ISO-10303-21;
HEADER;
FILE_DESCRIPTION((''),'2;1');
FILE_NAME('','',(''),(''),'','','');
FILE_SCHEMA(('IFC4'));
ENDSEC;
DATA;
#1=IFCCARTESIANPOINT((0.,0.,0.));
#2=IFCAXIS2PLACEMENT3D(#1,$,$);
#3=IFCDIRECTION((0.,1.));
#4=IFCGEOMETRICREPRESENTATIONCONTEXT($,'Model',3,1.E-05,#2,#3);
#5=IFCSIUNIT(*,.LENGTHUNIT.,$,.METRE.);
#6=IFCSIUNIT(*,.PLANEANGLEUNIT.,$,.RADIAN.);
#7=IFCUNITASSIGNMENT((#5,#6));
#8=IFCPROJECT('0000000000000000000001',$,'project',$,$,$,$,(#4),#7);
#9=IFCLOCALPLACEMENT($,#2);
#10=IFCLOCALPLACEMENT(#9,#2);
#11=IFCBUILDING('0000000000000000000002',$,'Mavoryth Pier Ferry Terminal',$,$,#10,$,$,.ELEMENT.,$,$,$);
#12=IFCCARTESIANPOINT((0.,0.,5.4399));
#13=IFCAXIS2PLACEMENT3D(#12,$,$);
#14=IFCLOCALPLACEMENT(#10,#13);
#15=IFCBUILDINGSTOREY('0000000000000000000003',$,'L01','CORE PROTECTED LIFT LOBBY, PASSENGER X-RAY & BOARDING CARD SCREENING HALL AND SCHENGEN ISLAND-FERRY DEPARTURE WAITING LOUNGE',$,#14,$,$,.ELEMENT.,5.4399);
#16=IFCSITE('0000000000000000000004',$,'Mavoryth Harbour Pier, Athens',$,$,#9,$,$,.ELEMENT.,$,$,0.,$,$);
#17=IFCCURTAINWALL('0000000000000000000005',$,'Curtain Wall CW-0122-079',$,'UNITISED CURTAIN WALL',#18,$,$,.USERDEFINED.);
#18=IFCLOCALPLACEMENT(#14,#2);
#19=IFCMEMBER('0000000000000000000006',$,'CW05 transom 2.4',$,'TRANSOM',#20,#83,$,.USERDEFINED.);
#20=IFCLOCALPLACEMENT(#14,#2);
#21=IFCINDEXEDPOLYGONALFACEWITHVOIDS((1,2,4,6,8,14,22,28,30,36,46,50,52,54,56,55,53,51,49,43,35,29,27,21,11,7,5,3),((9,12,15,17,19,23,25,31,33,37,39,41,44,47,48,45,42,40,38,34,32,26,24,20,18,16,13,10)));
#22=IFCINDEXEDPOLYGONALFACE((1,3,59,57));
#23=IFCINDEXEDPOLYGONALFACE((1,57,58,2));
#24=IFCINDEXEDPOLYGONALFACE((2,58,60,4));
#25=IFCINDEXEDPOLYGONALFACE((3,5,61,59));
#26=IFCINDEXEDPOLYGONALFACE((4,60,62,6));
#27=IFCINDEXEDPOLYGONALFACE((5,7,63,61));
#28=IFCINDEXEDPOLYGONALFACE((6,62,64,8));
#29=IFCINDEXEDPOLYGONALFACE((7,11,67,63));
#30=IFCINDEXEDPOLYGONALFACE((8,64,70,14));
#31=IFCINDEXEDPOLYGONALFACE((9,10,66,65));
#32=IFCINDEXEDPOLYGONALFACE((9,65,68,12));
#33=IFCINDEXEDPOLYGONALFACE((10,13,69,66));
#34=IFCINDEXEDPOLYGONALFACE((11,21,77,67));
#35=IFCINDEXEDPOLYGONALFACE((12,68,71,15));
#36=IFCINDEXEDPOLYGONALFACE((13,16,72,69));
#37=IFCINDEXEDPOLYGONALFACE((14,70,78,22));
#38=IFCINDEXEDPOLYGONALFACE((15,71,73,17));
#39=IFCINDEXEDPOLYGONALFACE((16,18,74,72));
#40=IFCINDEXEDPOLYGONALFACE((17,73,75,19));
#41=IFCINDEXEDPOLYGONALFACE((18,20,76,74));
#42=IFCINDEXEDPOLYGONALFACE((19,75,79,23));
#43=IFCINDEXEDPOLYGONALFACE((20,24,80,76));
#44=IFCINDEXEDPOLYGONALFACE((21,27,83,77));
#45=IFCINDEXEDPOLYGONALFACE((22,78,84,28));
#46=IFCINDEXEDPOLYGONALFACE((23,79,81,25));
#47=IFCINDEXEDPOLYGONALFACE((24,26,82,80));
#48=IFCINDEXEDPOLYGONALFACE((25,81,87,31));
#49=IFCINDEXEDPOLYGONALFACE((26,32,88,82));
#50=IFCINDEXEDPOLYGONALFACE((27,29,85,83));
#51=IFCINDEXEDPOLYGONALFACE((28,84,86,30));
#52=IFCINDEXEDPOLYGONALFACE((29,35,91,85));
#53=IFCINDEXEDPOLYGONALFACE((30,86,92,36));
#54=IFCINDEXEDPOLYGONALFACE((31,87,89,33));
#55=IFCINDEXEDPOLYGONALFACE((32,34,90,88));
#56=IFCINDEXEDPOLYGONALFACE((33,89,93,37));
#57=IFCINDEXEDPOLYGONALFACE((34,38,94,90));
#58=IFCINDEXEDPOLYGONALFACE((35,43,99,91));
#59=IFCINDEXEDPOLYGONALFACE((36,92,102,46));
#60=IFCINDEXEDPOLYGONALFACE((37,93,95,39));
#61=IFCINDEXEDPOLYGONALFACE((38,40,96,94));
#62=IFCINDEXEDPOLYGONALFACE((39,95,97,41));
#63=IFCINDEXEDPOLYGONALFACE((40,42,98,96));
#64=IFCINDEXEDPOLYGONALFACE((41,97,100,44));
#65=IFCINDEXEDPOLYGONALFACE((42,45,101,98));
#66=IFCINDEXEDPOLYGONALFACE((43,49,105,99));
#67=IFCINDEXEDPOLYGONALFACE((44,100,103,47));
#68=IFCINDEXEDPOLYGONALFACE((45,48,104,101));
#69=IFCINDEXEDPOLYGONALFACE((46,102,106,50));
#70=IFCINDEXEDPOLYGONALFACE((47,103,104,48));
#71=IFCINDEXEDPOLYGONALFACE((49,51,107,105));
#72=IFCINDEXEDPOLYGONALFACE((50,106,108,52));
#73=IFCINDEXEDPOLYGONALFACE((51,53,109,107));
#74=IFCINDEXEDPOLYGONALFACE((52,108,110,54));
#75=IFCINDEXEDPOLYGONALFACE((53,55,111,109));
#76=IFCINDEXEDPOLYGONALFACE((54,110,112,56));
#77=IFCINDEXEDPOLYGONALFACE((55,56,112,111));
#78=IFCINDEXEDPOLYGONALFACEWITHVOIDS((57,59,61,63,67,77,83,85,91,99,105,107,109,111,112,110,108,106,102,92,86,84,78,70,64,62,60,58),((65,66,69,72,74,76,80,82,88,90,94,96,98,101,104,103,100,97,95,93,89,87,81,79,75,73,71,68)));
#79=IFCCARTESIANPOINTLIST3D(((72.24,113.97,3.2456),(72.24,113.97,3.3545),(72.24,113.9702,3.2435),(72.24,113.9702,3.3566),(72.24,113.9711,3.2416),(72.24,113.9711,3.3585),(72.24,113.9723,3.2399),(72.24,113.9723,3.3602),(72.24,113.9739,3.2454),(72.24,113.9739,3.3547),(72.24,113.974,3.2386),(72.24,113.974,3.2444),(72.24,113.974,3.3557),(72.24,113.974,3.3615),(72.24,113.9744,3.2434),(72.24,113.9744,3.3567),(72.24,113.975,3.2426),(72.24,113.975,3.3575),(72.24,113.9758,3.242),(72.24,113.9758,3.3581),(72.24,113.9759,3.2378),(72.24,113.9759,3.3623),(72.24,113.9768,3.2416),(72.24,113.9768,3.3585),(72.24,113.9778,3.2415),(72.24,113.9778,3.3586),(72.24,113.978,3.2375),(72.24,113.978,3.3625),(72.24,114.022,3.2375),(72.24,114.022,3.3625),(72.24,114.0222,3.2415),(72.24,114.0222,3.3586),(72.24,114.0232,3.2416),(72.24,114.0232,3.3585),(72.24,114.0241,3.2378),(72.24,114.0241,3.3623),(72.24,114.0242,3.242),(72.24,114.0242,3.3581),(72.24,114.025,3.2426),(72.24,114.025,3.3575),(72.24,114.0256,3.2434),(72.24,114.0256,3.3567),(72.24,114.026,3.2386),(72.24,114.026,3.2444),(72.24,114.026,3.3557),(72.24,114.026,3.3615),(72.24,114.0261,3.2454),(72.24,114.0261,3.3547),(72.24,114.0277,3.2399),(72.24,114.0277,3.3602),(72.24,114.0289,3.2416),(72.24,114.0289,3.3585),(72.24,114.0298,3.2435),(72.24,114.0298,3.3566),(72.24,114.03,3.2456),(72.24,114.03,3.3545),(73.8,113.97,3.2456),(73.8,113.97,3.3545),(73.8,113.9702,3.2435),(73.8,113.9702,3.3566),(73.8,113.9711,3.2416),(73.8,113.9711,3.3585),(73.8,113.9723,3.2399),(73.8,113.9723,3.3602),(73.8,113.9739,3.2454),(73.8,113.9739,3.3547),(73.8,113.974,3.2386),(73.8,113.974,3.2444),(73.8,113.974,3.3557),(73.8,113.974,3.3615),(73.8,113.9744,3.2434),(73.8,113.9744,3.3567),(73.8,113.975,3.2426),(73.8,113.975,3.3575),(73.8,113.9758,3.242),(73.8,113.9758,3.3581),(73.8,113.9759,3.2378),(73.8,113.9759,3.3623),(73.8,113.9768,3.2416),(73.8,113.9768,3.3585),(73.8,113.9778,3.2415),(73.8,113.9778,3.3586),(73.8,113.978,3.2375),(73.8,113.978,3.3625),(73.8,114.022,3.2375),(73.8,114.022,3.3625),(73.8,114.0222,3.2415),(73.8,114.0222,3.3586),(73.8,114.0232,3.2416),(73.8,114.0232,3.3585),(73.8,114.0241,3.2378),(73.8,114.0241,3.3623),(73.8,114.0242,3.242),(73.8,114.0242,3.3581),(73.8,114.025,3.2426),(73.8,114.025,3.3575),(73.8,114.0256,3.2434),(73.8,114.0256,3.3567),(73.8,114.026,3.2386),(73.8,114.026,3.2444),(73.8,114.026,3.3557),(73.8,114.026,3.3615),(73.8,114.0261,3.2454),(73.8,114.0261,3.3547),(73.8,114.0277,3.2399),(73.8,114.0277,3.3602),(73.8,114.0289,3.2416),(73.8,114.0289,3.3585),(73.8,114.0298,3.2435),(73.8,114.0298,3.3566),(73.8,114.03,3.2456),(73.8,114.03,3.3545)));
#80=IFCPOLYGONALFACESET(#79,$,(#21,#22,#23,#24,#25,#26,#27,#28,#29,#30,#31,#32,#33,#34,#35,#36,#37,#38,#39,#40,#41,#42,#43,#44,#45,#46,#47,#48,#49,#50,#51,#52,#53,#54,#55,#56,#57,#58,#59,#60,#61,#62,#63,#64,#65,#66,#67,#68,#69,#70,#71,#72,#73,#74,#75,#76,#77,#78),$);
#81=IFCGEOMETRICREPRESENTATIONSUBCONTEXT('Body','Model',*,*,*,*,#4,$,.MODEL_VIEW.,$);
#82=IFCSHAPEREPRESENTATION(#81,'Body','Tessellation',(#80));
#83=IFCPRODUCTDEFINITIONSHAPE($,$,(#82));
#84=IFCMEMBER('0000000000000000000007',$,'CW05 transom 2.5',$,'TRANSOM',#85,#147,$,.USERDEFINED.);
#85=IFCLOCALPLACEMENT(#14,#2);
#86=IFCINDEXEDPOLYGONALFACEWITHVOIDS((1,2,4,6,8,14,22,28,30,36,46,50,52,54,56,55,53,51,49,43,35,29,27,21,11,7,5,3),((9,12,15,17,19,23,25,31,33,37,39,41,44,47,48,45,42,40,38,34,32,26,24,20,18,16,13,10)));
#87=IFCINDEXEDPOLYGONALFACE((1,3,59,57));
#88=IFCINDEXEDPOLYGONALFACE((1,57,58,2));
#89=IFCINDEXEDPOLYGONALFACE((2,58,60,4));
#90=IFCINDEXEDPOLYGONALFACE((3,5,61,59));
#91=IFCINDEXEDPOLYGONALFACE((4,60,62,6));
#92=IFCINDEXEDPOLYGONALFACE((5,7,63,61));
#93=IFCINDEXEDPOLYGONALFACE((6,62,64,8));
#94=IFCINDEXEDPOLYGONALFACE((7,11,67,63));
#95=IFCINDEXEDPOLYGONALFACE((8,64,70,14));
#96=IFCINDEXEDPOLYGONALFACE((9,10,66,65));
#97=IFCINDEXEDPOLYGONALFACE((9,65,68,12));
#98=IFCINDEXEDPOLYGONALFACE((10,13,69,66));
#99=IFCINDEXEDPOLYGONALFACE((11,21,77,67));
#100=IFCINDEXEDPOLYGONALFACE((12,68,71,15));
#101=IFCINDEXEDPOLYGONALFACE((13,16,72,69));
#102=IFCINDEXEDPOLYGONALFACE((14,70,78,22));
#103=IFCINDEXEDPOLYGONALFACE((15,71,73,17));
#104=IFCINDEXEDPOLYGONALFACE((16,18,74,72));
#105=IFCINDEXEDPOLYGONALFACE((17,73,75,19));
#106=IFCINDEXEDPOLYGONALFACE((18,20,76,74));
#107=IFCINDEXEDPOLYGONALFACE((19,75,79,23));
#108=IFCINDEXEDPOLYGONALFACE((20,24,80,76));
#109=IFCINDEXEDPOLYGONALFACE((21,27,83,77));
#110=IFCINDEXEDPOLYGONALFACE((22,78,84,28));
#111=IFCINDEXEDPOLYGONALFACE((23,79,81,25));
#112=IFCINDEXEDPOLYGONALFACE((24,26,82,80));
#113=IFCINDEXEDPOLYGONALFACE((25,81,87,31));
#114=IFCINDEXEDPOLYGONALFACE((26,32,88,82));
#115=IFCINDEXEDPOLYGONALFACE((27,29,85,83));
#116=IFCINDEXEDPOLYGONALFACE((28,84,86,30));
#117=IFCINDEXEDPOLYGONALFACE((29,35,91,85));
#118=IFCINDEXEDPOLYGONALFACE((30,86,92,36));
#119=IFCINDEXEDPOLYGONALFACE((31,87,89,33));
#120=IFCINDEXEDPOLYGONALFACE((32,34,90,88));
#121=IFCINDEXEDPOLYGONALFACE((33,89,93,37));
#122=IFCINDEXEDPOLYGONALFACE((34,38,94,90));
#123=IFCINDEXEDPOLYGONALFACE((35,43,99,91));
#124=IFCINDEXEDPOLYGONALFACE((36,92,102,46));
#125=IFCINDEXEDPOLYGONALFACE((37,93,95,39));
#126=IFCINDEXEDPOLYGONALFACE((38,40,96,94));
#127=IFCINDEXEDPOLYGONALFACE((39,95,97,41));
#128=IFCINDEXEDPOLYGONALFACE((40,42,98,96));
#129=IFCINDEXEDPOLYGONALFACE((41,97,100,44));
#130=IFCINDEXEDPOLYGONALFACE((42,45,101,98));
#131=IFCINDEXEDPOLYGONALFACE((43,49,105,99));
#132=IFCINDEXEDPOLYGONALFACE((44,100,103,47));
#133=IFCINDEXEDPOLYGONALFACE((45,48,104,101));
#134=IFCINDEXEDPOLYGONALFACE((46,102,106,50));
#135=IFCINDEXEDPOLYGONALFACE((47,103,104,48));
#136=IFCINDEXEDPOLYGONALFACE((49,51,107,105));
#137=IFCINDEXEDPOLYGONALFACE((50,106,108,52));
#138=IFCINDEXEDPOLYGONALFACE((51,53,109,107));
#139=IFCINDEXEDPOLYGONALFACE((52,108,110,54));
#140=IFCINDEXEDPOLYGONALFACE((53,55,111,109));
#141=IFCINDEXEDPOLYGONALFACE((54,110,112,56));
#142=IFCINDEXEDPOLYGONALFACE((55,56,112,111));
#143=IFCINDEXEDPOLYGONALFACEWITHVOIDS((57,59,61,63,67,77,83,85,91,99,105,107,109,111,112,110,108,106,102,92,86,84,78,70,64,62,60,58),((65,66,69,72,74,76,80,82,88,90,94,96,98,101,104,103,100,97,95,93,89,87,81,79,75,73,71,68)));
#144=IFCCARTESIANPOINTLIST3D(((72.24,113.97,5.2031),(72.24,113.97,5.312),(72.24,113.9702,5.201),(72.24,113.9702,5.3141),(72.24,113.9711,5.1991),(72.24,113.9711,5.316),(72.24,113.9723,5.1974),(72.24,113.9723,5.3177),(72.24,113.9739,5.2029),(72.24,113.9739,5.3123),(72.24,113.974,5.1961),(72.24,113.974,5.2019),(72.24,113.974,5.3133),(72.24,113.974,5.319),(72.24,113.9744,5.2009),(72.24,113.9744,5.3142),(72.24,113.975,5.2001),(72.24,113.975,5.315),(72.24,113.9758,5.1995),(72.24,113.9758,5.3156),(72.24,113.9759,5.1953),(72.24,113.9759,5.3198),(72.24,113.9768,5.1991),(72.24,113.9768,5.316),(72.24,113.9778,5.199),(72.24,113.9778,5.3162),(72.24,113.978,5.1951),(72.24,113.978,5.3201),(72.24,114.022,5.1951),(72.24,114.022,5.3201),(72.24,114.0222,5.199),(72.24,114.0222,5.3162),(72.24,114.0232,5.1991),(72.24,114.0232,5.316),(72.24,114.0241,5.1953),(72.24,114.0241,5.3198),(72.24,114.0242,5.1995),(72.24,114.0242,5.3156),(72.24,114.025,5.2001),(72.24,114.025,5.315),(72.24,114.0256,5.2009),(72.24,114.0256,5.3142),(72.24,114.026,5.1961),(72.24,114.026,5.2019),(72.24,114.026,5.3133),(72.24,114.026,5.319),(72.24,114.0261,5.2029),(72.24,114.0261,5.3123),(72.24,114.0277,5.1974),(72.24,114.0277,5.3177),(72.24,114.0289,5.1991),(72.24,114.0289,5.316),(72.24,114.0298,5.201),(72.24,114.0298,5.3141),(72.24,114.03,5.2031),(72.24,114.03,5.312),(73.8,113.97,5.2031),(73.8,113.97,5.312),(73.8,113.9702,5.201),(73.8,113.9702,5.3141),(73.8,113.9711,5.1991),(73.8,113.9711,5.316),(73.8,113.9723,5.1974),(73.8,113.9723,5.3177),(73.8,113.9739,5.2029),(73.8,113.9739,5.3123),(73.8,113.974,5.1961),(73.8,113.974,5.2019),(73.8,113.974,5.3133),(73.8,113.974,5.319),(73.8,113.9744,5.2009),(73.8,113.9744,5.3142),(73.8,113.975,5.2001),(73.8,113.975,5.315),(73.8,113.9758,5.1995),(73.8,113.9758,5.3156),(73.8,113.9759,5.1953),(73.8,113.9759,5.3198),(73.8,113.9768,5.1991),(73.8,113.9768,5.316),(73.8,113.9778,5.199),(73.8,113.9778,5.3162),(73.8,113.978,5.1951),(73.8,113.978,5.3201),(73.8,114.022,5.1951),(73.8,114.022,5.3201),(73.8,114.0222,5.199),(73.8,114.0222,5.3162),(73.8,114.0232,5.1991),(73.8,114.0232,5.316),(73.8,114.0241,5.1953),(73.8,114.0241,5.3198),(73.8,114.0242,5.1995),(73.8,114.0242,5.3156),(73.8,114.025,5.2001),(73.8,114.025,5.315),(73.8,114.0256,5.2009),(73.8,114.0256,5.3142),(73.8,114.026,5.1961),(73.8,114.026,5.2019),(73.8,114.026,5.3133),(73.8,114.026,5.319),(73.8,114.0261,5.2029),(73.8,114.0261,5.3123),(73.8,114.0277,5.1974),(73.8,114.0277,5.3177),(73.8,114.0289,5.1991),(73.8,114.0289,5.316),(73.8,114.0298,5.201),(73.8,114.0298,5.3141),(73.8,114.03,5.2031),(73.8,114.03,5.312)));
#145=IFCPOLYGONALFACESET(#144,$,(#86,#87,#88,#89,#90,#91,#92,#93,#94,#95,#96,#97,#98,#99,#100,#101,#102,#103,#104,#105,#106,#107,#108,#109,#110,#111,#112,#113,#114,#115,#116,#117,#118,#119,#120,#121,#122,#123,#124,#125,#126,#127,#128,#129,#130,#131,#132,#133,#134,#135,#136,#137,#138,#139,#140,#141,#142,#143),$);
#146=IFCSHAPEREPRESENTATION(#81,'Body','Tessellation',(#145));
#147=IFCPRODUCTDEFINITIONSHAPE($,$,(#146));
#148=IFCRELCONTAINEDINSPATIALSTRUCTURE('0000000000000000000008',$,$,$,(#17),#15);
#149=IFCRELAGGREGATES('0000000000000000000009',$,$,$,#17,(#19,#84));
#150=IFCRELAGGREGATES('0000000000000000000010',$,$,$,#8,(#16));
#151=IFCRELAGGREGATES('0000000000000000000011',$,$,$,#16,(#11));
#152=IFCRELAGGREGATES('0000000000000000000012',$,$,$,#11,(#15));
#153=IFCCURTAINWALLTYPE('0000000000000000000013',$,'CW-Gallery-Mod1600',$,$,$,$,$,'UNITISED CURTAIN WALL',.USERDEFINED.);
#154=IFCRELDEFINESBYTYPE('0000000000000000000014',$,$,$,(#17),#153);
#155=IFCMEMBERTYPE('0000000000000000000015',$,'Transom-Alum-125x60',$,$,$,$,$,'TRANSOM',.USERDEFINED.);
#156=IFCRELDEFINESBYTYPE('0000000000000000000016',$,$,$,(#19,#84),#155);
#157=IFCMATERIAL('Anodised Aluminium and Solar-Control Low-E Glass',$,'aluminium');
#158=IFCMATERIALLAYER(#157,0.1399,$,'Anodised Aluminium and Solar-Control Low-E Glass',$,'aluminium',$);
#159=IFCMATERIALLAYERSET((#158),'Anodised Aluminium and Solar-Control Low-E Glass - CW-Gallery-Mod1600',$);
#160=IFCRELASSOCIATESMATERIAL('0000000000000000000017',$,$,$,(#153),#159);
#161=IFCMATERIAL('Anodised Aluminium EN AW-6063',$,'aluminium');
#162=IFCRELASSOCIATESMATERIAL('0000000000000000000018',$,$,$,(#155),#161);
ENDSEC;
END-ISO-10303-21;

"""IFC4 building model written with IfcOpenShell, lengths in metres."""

from ifc_helpers import new_model, si_unit, direction, frame, origin, origin_2d, place, context, subcontext, project, spatial, hollow_rectangle, extrude, material, layer, layer_set, material_profile, profile_set, type_object, element, aggregate, save


model = new_model("IFC4")

# Units and contexts
model_context = context("Model", 3, precision=1e-05, world=origin(), true_north=direction((0.0, 1.0)))
body_context = subcontext(model_context, "Body", "Model", "MODEL_VIEW")
ifc_project = project(units=[si_unit("LENGTHUNIT", "METRE"), si_unit("PLANEANGLEUNIT", "RADIAN")], contexts=[model_context])

# Site, building, storey
site_placement = place(None, origin())
site = spatial("IfcSite", under=ifc_project, at=site_placement, Name="Mavoryth Harbour Pier, Athens", CompositionType="ELEMENT", RefElevation=0.0)
building_placement = place(site_placement, origin())
building = spatial("IfcBuilding", under=site, at=building_placement, Name="Mavoryth Pier Ferry Terminal", CompositionType="ELEMENT")
storey_placement = place(building_placement, frame((0.0, 0.0, 5.4399)))
storey = spatial("IfcBuildingStorey", under=building, at=storey_placement, Name="L01", Description="CORE PROTECTED LIFT LOBBY, PASSENGER X-RAY & BOARDING CARD SCREENING HALL AND SCHENGEN ISLAND-FERRY DEPARTURE WAITING LOUNGE", CompositionType="ELEMENT", Elevation=5.4399)

# Curtain wall
ifc_material_1 = material(Name="Anodised Aluminium and Solar-Control Low-E Glass", Category="aluminium")
ifc_layer_1 = layer(ifc_material_1, 0.1399, Name="Anodised Aluminium and Solar-Control Low-E Glass", Category="aluminium")
ifc_layer_set_1 = layer_set([ifc_layer_1], Name="Anodised Aluminium and Solar-Control Low-E Glass - CW-Gallery-Mod1600")
curtain_wall_type = type_object("IfcCurtainWallType", Name="CW-Gallery-Mod1600", ElementType="UNITISED CURTAIN WALL", PredefinedType="USERDEFINED", material=ifc_layer_set_1)
curtain_wall_1_placement = place(storey_placement, origin())
curtain_wall_1 = element("IfcCurtainWall", 1, at=curtain_wall_1_placement, inside=storey, type_object=curtain_wall_type, Name="Curtain Wall CW-0122-079", ObjectType="UNITISED CURTAIN WALL", PredefinedType="USERDEFINED")
ifc_material_2 = material(Name="Anodised Aluminium EN AW-6063", Category="aluminium")

# Members
ifc_material_profile_1 = material_profile(ifc_material_2, hollow_rectangle(XDim=0.0601, YDim=0.125, WallThickness=0.0039, InnerFilletRadius=0.0039, OuterFilletRadius=0.0081, at=origin_2d()), Name="AL-TRAN 125x60x4", Category="aluminium")
ifc_profile_set_1 = profile_set([ifc_material_profile_1], Name="Anodised Aluminium EN AW-6063 - AL-TRAN 125x60x4")
member_type_1 = type_object("IfcMemberType", Name="Transom-Alum-125x60", ElementType="TRANSOM", PredefinedType="USERDEFINED", material=ifc_profile_set_1)
member_1_placement = place(storey_placement, frame((73.8, 114.0, 3.3), z_axis=(-1.0, 0.0, 0.0), x_axis=(0.0, -1.0, 0.0)))
member_1 = element("IfcMember", 2, at=member_1_placement, type_object=member_type_1, Name="CW05 transom 2.4", ObjectType="TRANSOM", PredefinedType="USERDEFINED", context=body_context, shape_type="SweptSolid", body=[
    extrude(hollow_rectangle(XDim=0.0601, YDim=0.125, WallThickness=0.0039, InnerFilletRadius=0.0039, OuterFilletRadius=0.0081, at=origin_2d()), origin(), (0.0, 0.0, 1.0), 1.5601),
])
member_2_placement = place(storey_placement, frame((73.8, 114.0, 5.2576), z_axis=(-1.0, 0.0, 0.0), x_axis=(0.0, -1.0, 0.0)))
member_2 = element("IfcMember", 3, at=member_2_placement, type_object=member_type_1, Name="CW05 transom 2.5", ObjectType="TRANSOM", PredefinedType="USERDEFINED", context=body_context, shape_type="SweptSolid", body=[
    extrude(hollow_rectangle(XDim=0.0601, YDim=0.125, WallThickness=0.0039, InnerFilletRadius=0.0039, OuterFilletRadius=0.0081, at=origin_2d()), origin(), (0.0, 0.0, 1.0), 1.5601),
])

aggregate(curtain_wall_1, [member_1, member_2])

save(model, "model.ifc")
